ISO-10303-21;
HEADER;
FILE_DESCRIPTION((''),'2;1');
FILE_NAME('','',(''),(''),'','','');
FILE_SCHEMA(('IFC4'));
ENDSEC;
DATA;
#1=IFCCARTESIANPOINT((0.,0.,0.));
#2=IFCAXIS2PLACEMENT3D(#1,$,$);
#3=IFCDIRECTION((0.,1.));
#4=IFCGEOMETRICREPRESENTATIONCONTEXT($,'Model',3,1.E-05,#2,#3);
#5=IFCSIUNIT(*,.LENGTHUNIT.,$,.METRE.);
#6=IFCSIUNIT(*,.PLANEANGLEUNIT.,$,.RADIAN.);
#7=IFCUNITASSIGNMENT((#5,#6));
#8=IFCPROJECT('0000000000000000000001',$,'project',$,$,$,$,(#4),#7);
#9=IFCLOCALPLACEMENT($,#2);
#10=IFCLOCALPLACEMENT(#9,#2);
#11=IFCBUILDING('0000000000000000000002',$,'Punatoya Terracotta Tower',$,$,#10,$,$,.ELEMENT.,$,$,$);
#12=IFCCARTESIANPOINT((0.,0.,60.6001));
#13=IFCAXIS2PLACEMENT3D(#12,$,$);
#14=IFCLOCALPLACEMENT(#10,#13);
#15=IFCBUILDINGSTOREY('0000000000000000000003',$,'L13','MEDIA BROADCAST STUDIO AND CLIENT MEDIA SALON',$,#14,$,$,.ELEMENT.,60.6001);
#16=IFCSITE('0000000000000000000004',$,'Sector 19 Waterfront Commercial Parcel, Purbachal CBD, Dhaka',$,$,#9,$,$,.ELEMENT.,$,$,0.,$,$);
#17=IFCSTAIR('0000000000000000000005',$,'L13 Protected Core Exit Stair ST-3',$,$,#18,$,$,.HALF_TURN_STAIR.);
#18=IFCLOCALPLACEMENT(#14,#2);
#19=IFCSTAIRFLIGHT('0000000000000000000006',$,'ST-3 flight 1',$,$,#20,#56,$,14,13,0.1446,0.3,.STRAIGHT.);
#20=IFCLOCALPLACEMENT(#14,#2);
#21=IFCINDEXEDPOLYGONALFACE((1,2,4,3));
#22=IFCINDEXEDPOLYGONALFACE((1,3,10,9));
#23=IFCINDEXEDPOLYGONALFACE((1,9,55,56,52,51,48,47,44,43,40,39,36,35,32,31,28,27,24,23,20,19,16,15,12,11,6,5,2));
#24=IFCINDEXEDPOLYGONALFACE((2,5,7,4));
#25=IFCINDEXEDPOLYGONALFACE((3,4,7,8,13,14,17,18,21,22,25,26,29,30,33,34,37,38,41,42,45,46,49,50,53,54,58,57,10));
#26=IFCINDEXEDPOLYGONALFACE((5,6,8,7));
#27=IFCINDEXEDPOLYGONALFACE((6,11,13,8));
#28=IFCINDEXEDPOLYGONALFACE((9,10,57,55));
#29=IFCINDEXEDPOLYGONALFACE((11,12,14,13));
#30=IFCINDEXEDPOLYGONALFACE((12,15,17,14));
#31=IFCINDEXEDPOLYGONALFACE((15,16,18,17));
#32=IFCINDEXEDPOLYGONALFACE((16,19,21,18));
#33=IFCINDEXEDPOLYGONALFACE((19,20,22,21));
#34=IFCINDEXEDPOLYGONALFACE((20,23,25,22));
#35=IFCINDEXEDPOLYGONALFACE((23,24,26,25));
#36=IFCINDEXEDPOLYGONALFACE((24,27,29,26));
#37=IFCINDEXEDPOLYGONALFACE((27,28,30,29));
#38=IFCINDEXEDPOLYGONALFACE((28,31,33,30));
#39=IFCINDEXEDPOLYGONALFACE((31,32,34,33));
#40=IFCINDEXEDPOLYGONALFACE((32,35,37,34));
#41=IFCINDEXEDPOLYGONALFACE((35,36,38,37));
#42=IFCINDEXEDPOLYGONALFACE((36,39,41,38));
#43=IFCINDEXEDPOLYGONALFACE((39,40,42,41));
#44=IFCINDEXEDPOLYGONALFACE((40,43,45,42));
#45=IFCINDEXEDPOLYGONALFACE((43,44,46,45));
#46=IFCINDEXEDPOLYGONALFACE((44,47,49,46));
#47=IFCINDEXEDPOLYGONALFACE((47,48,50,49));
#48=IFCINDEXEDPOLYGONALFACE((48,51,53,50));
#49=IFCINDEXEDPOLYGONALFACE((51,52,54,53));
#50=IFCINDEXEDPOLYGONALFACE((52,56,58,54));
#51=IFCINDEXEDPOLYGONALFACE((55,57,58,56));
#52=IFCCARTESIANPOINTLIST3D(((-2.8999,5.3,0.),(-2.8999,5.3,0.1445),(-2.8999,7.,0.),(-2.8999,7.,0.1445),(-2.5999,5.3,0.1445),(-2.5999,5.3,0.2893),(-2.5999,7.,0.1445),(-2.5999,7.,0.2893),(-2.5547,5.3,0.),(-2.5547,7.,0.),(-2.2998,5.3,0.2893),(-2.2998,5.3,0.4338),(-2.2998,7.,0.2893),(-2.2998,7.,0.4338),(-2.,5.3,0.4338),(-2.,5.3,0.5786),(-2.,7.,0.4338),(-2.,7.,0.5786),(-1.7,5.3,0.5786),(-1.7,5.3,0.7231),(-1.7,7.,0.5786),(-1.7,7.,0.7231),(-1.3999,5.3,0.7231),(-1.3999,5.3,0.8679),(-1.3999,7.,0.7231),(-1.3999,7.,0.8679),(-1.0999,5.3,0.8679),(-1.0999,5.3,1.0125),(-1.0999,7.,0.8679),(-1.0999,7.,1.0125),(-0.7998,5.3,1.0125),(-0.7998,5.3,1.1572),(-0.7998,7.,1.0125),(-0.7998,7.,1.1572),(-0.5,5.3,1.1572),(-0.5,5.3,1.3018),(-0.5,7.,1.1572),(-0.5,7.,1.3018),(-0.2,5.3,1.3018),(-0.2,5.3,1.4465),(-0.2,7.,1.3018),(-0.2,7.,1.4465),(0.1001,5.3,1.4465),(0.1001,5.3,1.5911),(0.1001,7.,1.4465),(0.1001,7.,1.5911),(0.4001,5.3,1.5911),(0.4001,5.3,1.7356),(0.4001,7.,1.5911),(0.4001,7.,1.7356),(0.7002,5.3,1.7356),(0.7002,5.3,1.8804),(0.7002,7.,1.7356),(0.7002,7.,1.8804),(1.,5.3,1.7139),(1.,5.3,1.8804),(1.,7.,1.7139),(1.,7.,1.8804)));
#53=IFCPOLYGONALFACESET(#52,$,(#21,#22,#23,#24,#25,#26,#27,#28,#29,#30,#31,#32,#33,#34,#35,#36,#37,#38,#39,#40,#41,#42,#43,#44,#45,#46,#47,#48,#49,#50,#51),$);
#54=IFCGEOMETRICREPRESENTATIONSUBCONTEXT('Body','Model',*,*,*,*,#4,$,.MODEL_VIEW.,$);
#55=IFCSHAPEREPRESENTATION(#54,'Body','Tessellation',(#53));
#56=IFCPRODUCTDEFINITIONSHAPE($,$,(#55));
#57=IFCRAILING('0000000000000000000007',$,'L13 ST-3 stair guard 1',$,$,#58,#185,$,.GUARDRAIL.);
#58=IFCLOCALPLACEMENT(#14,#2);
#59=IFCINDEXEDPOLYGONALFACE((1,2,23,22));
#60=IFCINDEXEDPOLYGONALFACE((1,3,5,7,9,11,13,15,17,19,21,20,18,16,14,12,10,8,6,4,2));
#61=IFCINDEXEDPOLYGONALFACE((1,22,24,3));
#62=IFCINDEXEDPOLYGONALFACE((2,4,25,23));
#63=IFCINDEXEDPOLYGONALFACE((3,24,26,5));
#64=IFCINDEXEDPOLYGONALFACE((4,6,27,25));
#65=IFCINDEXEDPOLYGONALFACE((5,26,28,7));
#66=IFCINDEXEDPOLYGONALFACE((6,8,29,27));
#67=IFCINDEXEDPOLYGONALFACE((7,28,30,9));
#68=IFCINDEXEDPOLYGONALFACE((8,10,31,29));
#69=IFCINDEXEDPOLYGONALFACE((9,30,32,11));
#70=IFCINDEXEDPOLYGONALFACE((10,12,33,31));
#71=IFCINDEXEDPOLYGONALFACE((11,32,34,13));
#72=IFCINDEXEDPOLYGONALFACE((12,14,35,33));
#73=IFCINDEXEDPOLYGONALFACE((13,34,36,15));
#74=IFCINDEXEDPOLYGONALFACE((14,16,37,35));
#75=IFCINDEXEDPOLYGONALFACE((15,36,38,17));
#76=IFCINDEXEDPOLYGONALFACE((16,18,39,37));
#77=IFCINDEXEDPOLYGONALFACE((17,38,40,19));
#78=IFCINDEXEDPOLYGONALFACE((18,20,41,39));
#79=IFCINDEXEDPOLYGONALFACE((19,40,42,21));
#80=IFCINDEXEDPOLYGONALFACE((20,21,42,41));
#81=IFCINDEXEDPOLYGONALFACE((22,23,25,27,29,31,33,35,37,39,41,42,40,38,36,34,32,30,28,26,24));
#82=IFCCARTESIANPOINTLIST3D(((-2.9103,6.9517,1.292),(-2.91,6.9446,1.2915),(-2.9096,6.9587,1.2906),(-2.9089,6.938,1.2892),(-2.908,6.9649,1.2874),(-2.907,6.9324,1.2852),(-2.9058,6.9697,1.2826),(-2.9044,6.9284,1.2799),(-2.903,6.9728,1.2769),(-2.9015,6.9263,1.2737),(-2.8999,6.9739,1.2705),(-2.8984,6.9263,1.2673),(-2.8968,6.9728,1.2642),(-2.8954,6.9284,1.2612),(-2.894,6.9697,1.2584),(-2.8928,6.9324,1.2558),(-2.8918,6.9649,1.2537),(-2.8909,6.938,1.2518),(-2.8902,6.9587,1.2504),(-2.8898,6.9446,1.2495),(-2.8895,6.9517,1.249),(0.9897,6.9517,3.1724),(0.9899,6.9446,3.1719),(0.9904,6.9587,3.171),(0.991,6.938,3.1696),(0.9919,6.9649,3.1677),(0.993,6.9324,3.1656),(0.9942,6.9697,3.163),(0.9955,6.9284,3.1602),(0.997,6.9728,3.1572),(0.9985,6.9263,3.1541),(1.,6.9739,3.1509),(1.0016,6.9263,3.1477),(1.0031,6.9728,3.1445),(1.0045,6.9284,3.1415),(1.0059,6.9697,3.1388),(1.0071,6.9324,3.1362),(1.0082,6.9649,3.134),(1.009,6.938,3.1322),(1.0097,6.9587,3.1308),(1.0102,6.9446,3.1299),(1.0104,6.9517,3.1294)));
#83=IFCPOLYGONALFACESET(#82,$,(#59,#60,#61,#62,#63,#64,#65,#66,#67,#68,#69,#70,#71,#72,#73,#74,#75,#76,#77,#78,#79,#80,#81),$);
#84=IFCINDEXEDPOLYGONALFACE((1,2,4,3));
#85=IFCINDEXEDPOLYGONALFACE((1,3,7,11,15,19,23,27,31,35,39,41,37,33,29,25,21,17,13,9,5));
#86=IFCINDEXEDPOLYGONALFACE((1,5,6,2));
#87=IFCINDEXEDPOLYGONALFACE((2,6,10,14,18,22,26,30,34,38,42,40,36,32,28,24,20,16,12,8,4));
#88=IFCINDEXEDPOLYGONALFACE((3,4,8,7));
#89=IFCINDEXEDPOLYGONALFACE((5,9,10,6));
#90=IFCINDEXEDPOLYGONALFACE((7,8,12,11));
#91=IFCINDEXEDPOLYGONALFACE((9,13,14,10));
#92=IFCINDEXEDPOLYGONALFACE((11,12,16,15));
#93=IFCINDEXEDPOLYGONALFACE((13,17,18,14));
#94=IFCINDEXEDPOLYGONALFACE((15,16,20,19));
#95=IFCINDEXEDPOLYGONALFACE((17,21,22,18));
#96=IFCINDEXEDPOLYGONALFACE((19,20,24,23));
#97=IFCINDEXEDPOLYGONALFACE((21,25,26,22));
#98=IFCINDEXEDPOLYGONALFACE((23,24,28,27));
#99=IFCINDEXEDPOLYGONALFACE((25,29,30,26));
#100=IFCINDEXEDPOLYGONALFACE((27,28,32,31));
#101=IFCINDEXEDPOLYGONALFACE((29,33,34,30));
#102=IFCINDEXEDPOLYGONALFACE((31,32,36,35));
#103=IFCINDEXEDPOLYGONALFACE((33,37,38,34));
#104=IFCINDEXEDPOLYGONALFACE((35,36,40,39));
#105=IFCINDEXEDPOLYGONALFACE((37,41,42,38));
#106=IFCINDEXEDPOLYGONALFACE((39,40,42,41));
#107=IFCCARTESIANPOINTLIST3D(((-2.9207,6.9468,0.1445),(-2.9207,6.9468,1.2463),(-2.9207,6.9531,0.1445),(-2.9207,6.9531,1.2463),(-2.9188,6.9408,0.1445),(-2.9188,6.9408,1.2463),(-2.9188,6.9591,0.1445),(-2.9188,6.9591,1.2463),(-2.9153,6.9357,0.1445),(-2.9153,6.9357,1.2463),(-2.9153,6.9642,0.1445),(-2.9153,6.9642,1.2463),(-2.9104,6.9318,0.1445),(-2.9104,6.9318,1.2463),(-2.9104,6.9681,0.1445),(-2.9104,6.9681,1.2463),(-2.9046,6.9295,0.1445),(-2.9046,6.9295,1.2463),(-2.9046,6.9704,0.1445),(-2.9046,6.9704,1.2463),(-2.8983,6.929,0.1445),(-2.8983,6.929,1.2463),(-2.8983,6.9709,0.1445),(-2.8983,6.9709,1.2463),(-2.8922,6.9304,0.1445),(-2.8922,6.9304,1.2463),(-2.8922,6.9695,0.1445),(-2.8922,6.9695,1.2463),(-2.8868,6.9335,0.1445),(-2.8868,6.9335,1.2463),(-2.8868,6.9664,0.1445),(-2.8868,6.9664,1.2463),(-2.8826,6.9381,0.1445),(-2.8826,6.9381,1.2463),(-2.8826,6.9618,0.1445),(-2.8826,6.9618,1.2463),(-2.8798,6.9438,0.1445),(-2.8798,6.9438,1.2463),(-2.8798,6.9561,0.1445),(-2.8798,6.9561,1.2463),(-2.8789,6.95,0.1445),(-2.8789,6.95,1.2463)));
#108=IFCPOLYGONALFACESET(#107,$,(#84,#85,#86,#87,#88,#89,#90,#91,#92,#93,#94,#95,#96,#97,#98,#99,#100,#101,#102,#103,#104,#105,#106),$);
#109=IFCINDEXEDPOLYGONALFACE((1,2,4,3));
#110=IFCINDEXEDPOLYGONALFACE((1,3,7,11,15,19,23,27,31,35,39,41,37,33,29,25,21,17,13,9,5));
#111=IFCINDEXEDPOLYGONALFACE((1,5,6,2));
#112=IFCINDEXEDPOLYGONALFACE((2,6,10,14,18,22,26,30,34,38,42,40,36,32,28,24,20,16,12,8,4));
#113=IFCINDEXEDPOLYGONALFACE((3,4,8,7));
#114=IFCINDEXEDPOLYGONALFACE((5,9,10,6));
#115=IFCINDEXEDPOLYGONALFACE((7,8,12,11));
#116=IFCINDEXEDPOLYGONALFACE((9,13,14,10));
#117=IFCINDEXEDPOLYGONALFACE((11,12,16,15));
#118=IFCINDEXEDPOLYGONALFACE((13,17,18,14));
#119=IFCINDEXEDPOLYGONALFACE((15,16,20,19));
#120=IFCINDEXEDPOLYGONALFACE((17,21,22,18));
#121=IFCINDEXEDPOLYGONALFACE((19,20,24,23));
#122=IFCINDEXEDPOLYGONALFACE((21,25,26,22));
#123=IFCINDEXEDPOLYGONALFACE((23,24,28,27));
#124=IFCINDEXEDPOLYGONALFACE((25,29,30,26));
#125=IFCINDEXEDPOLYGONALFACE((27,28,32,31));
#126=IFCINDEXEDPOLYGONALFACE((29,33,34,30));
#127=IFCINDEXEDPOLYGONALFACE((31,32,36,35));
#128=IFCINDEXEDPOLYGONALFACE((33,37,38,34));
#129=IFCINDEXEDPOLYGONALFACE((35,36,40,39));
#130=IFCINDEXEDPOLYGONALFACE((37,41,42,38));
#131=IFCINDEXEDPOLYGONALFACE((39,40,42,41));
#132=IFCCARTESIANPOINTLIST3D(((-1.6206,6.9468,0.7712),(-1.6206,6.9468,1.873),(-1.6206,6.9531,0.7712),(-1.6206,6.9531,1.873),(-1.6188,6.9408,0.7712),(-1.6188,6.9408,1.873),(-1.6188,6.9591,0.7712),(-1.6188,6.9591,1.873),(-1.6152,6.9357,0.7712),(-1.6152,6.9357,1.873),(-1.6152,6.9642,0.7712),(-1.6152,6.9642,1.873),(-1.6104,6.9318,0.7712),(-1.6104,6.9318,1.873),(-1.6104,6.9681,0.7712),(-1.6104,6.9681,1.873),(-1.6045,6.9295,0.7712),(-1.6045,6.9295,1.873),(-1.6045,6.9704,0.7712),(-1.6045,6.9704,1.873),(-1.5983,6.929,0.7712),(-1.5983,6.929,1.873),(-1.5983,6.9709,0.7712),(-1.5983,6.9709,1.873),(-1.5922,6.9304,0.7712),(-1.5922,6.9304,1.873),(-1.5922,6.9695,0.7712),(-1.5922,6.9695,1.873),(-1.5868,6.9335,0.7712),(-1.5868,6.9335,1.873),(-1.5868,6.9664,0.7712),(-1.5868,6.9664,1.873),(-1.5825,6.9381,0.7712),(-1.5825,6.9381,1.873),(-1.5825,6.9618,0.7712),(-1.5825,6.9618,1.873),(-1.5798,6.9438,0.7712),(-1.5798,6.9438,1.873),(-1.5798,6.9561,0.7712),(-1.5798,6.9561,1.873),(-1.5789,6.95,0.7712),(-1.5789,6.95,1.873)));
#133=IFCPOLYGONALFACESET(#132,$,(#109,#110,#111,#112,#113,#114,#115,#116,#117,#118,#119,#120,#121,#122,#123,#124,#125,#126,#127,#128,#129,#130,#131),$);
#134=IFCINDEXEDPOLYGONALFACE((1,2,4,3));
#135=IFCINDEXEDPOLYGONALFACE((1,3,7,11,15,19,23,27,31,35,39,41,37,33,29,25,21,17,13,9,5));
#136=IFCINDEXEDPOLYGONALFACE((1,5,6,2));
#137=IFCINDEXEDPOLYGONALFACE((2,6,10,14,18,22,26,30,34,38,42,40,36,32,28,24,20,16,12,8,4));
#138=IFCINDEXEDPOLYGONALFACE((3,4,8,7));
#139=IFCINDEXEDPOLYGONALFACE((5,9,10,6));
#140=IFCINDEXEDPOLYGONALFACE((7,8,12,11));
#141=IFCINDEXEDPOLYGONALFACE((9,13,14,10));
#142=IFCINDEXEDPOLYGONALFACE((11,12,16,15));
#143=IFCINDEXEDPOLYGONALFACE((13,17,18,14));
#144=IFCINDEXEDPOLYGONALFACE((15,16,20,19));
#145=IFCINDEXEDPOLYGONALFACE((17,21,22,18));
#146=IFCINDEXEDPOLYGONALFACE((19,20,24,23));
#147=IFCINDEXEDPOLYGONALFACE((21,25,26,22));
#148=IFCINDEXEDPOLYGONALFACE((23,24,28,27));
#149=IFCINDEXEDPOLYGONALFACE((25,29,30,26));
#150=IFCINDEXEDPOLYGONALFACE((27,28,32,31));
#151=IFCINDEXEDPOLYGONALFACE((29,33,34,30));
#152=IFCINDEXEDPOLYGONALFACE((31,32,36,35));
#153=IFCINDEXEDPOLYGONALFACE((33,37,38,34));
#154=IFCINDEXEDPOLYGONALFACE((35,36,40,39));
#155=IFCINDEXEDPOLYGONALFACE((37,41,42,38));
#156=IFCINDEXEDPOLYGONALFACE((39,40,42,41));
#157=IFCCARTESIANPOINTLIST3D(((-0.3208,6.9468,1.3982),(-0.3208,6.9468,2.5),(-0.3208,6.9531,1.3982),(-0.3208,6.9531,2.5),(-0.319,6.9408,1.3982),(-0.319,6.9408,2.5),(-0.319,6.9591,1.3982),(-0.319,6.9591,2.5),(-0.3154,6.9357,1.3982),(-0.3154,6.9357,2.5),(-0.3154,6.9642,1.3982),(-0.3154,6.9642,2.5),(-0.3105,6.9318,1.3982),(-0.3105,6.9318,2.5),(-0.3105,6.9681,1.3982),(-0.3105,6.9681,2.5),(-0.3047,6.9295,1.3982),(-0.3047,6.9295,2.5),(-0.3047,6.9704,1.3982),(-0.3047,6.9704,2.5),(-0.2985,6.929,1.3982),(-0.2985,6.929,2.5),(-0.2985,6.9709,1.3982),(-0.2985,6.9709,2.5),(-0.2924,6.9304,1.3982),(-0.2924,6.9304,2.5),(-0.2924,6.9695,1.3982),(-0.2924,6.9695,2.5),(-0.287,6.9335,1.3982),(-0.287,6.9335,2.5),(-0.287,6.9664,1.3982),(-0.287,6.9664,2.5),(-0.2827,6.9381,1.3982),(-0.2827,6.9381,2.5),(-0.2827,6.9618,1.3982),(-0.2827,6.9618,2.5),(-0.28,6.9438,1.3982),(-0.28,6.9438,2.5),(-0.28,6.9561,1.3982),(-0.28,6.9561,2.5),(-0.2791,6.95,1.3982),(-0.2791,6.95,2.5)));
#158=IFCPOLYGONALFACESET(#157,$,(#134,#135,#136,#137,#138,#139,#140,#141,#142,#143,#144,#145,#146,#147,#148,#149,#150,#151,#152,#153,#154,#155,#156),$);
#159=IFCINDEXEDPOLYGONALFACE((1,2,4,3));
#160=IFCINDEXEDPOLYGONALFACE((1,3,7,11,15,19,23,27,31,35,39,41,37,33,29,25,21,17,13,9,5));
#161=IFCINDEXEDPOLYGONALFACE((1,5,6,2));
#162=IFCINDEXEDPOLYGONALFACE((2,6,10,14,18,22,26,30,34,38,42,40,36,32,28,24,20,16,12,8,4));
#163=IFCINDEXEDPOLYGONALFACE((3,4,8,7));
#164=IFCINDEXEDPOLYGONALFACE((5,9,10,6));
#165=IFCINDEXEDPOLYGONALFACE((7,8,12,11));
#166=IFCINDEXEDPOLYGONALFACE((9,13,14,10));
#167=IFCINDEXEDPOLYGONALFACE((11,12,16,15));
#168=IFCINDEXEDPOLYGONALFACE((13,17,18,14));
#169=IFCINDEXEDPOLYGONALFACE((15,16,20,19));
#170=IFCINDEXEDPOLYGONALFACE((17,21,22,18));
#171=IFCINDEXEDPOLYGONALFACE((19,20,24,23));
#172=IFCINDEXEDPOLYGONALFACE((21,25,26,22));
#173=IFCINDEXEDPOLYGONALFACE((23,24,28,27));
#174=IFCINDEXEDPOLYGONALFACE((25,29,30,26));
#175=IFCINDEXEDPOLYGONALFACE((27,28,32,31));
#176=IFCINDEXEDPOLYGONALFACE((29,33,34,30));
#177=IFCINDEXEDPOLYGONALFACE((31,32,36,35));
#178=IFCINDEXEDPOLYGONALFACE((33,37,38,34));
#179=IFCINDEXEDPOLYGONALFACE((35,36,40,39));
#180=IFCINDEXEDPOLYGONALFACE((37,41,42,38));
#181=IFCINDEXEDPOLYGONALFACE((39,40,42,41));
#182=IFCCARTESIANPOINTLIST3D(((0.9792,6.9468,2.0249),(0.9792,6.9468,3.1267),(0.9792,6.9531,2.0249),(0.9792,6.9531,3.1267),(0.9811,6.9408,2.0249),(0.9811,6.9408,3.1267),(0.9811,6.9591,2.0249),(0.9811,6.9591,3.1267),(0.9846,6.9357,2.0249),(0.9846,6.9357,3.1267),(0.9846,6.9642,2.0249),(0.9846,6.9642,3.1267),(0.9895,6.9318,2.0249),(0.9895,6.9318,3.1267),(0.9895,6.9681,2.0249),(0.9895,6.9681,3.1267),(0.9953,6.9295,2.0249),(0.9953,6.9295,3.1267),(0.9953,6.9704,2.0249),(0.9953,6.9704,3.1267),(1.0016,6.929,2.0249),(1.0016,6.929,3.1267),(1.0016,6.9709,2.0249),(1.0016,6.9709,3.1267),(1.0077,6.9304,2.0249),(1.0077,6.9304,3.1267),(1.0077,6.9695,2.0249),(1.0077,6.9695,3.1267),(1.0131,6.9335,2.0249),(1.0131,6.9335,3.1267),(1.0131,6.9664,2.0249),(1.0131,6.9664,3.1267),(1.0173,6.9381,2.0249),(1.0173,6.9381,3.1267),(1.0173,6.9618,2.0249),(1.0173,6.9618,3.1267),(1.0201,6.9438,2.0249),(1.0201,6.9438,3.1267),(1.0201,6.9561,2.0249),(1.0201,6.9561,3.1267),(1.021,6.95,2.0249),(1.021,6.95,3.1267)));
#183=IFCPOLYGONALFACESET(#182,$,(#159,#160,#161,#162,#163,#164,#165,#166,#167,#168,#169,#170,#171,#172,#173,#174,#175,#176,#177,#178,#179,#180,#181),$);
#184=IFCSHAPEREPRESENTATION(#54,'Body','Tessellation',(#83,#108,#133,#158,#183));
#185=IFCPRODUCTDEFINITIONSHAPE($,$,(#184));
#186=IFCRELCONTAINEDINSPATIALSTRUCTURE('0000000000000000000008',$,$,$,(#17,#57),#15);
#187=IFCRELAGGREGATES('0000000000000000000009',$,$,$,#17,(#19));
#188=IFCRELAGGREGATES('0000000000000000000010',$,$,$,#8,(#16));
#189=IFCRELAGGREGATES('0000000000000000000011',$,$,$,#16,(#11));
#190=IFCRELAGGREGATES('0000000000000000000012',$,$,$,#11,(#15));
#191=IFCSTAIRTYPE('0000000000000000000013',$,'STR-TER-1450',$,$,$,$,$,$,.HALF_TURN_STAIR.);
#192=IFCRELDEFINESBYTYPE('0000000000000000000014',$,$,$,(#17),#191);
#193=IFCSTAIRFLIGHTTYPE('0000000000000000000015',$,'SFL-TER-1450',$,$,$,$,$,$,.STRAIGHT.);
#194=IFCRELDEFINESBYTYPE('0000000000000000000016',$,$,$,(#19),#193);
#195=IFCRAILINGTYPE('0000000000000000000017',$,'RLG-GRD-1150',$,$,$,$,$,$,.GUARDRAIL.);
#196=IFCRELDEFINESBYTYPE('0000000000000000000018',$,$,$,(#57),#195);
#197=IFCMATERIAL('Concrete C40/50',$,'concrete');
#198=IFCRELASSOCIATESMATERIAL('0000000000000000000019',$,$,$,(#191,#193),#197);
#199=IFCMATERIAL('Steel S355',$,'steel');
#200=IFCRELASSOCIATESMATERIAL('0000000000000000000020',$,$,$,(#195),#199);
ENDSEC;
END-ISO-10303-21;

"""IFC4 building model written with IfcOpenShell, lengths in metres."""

from ifc_helpers import new_model, si_unit, direction, frame, origin, origin_2d, place, context, subcontext, project, spatial, polyline, circle, outline, extrude, material, type_object, element, aggregate, save


model = new_model("IFC4")

# Units and contexts
model_context = context("Model", 3, precision=1e-05, world=origin(), true_north=direction((0.0, 1.0)))
body_context = subcontext(model_context, "Body", "Model", "MODEL_VIEW")
ifc_project = project(units=[si_unit("LENGTHUNIT", "METRE"), si_unit("PLANEANGLEUNIT", "RADIAN")], contexts=[model_context])

# Site, building, storey
site_placement = place(None, origin())
site = spatial("IfcSite", under=ifc_project, at=site_placement, Name="Sector 19 Waterfront Commercial Parcel, Purbachal CBD, Dhaka", CompositionType="ELEMENT", RefElevation=0.0)
building_placement = place(site_placement, origin())
building = spatial("IfcBuilding", under=site, at=building_placement, Name="Punatoya Terracotta Tower", CompositionType="ELEMENT")
storey_placement = place(building_placement, frame((0.0, 0.0, 60.6001)))
storey = spatial("IfcBuildingStorey", under=building, at=storey_placement, Name="L13", Description="MEDIA BROADCAST STUDIO AND CLIENT MEDIA SALON", CompositionType="ELEMENT", Elevation=60.6001)

# Shared definitions
ifc_material_1 = material(Name="Concrete C40/50", Category="concrete")

# Stair, stair flight
stair_type = type_object("IfcStairType", Name="STR-TER-1450", PredefinedType="HALF_TURN_STAIR", material=ifc_material_1)
stair_placement = place(storey_placement, origin())
stair = element("IfcStair", 1, at=stair_placement, inside=storey, type_object=stair_type, Name="L13 Protected Core Exit Stair ST-3", PredefinedType="HALF_TURN_STAIR")
stair_flight_type = type_object("IfcStairFlightType", Name="SFL-TER-1450", PredefinedType="STRAIGHT", material=ifc_material_1)
stair_flight_placement = place(storey_placement, frame((-2.8999, 6.1499, 0.0), z_axis=(0.0, 0.0, 1.0), x_axis=(1.0, 0.0, 0.0)))
stair_flight = element("IfcStairFlight", 2, at=stair_flight_placement, type_object=stair_flight_type, Name="ST-3 flight 1", NumberOfRisers=14, NumberOfTreads=13, PredefinedType="STRAIGHT", RiserHeight=0.1446, TreadLength=0.3, context=body_context, shape_type="SweptSolid", body=[
    extrude(outline(polyline([(0.0, 0.0), (0.0, 0.1445), (0.3, 0.1445), (0.3, 0.2893), (0.6001, 0.2893), (0.6001, 0.4338), (0.8999, 0.4338), (0.8999, 0.5786), (1.2, 0.5786), (1.2, 0.7231), (1.5, 0.7231), (1.5, 0.8679), (1.8, 0.8679), (1.8, 1.0125), (2.1001, 1.0125), (2.1001, 1.1572), (2.3999, 1.1572), (2.3999, 1.3018), (2.7, 1.3018), (2.7, 1.4465), (3.0, 1.4465), (3.0, 1.5911), (3.3, 1.5911), (3.3, 1.7356), (3.6001, 1.7356), (3.6001, 1.8804), (3.8999, 1.8804), (3.8999, 2.0249), (3.8999, 1.7139), (0.3452, 0.0), (0.0, 0.0)])), frame((0.0, 0.8501, 0.0), z_axis=(0.0, -1.0, 0.0), x_axis=(1.0, 0.0, 0.0)), (0.0, 0.0, 1.0), 1.7),
])
aggregate(stair, [stair_flight])

# Railing
ifc_material_2 = material(Name="Steel S355", Category="steel")
railing_type_1 = type_object("IfcRailingType", Name="RLG-GRD-1150", PredefinedType="GUARDRAIL", material=ifc_material_2)
railing_1_placement = place(storey_placement, frame((-2.8999, 6.95, 0.1445)))
element("IfcRailing", 3, at=railing_1_placement, inside=storey, type_object=railing_type_1, Name="L13 ST-3 stair guard 1", PredefinedType="GUARDRAIL", context=body_context, shape_type="SweptSolid", body=[
    extrude(circle(Radius=0.0239, at=origin_2d()), frame((0.0, 0.0, 1.126), z_axis=(0.900763, 0.0, 0.434311), x_axis=(0.0, 1.0, 0.0)), (0.0, 0.0, 1.0), 4.3296),
    extrude(circle(Radius=0.021, at=origin_2d()), origin(), (0.0, 0.0, 1.0), 1.1018),
    extrude(circle(Radius=0.021, at=origin_2d()), frame((1.3, 0.0, 0.6267)), (0.0, 0.0, 1.0), 1.1018),
    extrude(circle(Radius=0.021, at=origin_2d()), frame((2.5999, 0.0, 1.2537)), (0.0, 0.0, 1.0), 1.1018),
    extrude(circle(Radius=0.021, at=origin_2d()), frame((3.8999, 0.0, 1.8804)), (0.0, 0.0, 1.0), 1.1018),
])

save(model, "model.ifc")
